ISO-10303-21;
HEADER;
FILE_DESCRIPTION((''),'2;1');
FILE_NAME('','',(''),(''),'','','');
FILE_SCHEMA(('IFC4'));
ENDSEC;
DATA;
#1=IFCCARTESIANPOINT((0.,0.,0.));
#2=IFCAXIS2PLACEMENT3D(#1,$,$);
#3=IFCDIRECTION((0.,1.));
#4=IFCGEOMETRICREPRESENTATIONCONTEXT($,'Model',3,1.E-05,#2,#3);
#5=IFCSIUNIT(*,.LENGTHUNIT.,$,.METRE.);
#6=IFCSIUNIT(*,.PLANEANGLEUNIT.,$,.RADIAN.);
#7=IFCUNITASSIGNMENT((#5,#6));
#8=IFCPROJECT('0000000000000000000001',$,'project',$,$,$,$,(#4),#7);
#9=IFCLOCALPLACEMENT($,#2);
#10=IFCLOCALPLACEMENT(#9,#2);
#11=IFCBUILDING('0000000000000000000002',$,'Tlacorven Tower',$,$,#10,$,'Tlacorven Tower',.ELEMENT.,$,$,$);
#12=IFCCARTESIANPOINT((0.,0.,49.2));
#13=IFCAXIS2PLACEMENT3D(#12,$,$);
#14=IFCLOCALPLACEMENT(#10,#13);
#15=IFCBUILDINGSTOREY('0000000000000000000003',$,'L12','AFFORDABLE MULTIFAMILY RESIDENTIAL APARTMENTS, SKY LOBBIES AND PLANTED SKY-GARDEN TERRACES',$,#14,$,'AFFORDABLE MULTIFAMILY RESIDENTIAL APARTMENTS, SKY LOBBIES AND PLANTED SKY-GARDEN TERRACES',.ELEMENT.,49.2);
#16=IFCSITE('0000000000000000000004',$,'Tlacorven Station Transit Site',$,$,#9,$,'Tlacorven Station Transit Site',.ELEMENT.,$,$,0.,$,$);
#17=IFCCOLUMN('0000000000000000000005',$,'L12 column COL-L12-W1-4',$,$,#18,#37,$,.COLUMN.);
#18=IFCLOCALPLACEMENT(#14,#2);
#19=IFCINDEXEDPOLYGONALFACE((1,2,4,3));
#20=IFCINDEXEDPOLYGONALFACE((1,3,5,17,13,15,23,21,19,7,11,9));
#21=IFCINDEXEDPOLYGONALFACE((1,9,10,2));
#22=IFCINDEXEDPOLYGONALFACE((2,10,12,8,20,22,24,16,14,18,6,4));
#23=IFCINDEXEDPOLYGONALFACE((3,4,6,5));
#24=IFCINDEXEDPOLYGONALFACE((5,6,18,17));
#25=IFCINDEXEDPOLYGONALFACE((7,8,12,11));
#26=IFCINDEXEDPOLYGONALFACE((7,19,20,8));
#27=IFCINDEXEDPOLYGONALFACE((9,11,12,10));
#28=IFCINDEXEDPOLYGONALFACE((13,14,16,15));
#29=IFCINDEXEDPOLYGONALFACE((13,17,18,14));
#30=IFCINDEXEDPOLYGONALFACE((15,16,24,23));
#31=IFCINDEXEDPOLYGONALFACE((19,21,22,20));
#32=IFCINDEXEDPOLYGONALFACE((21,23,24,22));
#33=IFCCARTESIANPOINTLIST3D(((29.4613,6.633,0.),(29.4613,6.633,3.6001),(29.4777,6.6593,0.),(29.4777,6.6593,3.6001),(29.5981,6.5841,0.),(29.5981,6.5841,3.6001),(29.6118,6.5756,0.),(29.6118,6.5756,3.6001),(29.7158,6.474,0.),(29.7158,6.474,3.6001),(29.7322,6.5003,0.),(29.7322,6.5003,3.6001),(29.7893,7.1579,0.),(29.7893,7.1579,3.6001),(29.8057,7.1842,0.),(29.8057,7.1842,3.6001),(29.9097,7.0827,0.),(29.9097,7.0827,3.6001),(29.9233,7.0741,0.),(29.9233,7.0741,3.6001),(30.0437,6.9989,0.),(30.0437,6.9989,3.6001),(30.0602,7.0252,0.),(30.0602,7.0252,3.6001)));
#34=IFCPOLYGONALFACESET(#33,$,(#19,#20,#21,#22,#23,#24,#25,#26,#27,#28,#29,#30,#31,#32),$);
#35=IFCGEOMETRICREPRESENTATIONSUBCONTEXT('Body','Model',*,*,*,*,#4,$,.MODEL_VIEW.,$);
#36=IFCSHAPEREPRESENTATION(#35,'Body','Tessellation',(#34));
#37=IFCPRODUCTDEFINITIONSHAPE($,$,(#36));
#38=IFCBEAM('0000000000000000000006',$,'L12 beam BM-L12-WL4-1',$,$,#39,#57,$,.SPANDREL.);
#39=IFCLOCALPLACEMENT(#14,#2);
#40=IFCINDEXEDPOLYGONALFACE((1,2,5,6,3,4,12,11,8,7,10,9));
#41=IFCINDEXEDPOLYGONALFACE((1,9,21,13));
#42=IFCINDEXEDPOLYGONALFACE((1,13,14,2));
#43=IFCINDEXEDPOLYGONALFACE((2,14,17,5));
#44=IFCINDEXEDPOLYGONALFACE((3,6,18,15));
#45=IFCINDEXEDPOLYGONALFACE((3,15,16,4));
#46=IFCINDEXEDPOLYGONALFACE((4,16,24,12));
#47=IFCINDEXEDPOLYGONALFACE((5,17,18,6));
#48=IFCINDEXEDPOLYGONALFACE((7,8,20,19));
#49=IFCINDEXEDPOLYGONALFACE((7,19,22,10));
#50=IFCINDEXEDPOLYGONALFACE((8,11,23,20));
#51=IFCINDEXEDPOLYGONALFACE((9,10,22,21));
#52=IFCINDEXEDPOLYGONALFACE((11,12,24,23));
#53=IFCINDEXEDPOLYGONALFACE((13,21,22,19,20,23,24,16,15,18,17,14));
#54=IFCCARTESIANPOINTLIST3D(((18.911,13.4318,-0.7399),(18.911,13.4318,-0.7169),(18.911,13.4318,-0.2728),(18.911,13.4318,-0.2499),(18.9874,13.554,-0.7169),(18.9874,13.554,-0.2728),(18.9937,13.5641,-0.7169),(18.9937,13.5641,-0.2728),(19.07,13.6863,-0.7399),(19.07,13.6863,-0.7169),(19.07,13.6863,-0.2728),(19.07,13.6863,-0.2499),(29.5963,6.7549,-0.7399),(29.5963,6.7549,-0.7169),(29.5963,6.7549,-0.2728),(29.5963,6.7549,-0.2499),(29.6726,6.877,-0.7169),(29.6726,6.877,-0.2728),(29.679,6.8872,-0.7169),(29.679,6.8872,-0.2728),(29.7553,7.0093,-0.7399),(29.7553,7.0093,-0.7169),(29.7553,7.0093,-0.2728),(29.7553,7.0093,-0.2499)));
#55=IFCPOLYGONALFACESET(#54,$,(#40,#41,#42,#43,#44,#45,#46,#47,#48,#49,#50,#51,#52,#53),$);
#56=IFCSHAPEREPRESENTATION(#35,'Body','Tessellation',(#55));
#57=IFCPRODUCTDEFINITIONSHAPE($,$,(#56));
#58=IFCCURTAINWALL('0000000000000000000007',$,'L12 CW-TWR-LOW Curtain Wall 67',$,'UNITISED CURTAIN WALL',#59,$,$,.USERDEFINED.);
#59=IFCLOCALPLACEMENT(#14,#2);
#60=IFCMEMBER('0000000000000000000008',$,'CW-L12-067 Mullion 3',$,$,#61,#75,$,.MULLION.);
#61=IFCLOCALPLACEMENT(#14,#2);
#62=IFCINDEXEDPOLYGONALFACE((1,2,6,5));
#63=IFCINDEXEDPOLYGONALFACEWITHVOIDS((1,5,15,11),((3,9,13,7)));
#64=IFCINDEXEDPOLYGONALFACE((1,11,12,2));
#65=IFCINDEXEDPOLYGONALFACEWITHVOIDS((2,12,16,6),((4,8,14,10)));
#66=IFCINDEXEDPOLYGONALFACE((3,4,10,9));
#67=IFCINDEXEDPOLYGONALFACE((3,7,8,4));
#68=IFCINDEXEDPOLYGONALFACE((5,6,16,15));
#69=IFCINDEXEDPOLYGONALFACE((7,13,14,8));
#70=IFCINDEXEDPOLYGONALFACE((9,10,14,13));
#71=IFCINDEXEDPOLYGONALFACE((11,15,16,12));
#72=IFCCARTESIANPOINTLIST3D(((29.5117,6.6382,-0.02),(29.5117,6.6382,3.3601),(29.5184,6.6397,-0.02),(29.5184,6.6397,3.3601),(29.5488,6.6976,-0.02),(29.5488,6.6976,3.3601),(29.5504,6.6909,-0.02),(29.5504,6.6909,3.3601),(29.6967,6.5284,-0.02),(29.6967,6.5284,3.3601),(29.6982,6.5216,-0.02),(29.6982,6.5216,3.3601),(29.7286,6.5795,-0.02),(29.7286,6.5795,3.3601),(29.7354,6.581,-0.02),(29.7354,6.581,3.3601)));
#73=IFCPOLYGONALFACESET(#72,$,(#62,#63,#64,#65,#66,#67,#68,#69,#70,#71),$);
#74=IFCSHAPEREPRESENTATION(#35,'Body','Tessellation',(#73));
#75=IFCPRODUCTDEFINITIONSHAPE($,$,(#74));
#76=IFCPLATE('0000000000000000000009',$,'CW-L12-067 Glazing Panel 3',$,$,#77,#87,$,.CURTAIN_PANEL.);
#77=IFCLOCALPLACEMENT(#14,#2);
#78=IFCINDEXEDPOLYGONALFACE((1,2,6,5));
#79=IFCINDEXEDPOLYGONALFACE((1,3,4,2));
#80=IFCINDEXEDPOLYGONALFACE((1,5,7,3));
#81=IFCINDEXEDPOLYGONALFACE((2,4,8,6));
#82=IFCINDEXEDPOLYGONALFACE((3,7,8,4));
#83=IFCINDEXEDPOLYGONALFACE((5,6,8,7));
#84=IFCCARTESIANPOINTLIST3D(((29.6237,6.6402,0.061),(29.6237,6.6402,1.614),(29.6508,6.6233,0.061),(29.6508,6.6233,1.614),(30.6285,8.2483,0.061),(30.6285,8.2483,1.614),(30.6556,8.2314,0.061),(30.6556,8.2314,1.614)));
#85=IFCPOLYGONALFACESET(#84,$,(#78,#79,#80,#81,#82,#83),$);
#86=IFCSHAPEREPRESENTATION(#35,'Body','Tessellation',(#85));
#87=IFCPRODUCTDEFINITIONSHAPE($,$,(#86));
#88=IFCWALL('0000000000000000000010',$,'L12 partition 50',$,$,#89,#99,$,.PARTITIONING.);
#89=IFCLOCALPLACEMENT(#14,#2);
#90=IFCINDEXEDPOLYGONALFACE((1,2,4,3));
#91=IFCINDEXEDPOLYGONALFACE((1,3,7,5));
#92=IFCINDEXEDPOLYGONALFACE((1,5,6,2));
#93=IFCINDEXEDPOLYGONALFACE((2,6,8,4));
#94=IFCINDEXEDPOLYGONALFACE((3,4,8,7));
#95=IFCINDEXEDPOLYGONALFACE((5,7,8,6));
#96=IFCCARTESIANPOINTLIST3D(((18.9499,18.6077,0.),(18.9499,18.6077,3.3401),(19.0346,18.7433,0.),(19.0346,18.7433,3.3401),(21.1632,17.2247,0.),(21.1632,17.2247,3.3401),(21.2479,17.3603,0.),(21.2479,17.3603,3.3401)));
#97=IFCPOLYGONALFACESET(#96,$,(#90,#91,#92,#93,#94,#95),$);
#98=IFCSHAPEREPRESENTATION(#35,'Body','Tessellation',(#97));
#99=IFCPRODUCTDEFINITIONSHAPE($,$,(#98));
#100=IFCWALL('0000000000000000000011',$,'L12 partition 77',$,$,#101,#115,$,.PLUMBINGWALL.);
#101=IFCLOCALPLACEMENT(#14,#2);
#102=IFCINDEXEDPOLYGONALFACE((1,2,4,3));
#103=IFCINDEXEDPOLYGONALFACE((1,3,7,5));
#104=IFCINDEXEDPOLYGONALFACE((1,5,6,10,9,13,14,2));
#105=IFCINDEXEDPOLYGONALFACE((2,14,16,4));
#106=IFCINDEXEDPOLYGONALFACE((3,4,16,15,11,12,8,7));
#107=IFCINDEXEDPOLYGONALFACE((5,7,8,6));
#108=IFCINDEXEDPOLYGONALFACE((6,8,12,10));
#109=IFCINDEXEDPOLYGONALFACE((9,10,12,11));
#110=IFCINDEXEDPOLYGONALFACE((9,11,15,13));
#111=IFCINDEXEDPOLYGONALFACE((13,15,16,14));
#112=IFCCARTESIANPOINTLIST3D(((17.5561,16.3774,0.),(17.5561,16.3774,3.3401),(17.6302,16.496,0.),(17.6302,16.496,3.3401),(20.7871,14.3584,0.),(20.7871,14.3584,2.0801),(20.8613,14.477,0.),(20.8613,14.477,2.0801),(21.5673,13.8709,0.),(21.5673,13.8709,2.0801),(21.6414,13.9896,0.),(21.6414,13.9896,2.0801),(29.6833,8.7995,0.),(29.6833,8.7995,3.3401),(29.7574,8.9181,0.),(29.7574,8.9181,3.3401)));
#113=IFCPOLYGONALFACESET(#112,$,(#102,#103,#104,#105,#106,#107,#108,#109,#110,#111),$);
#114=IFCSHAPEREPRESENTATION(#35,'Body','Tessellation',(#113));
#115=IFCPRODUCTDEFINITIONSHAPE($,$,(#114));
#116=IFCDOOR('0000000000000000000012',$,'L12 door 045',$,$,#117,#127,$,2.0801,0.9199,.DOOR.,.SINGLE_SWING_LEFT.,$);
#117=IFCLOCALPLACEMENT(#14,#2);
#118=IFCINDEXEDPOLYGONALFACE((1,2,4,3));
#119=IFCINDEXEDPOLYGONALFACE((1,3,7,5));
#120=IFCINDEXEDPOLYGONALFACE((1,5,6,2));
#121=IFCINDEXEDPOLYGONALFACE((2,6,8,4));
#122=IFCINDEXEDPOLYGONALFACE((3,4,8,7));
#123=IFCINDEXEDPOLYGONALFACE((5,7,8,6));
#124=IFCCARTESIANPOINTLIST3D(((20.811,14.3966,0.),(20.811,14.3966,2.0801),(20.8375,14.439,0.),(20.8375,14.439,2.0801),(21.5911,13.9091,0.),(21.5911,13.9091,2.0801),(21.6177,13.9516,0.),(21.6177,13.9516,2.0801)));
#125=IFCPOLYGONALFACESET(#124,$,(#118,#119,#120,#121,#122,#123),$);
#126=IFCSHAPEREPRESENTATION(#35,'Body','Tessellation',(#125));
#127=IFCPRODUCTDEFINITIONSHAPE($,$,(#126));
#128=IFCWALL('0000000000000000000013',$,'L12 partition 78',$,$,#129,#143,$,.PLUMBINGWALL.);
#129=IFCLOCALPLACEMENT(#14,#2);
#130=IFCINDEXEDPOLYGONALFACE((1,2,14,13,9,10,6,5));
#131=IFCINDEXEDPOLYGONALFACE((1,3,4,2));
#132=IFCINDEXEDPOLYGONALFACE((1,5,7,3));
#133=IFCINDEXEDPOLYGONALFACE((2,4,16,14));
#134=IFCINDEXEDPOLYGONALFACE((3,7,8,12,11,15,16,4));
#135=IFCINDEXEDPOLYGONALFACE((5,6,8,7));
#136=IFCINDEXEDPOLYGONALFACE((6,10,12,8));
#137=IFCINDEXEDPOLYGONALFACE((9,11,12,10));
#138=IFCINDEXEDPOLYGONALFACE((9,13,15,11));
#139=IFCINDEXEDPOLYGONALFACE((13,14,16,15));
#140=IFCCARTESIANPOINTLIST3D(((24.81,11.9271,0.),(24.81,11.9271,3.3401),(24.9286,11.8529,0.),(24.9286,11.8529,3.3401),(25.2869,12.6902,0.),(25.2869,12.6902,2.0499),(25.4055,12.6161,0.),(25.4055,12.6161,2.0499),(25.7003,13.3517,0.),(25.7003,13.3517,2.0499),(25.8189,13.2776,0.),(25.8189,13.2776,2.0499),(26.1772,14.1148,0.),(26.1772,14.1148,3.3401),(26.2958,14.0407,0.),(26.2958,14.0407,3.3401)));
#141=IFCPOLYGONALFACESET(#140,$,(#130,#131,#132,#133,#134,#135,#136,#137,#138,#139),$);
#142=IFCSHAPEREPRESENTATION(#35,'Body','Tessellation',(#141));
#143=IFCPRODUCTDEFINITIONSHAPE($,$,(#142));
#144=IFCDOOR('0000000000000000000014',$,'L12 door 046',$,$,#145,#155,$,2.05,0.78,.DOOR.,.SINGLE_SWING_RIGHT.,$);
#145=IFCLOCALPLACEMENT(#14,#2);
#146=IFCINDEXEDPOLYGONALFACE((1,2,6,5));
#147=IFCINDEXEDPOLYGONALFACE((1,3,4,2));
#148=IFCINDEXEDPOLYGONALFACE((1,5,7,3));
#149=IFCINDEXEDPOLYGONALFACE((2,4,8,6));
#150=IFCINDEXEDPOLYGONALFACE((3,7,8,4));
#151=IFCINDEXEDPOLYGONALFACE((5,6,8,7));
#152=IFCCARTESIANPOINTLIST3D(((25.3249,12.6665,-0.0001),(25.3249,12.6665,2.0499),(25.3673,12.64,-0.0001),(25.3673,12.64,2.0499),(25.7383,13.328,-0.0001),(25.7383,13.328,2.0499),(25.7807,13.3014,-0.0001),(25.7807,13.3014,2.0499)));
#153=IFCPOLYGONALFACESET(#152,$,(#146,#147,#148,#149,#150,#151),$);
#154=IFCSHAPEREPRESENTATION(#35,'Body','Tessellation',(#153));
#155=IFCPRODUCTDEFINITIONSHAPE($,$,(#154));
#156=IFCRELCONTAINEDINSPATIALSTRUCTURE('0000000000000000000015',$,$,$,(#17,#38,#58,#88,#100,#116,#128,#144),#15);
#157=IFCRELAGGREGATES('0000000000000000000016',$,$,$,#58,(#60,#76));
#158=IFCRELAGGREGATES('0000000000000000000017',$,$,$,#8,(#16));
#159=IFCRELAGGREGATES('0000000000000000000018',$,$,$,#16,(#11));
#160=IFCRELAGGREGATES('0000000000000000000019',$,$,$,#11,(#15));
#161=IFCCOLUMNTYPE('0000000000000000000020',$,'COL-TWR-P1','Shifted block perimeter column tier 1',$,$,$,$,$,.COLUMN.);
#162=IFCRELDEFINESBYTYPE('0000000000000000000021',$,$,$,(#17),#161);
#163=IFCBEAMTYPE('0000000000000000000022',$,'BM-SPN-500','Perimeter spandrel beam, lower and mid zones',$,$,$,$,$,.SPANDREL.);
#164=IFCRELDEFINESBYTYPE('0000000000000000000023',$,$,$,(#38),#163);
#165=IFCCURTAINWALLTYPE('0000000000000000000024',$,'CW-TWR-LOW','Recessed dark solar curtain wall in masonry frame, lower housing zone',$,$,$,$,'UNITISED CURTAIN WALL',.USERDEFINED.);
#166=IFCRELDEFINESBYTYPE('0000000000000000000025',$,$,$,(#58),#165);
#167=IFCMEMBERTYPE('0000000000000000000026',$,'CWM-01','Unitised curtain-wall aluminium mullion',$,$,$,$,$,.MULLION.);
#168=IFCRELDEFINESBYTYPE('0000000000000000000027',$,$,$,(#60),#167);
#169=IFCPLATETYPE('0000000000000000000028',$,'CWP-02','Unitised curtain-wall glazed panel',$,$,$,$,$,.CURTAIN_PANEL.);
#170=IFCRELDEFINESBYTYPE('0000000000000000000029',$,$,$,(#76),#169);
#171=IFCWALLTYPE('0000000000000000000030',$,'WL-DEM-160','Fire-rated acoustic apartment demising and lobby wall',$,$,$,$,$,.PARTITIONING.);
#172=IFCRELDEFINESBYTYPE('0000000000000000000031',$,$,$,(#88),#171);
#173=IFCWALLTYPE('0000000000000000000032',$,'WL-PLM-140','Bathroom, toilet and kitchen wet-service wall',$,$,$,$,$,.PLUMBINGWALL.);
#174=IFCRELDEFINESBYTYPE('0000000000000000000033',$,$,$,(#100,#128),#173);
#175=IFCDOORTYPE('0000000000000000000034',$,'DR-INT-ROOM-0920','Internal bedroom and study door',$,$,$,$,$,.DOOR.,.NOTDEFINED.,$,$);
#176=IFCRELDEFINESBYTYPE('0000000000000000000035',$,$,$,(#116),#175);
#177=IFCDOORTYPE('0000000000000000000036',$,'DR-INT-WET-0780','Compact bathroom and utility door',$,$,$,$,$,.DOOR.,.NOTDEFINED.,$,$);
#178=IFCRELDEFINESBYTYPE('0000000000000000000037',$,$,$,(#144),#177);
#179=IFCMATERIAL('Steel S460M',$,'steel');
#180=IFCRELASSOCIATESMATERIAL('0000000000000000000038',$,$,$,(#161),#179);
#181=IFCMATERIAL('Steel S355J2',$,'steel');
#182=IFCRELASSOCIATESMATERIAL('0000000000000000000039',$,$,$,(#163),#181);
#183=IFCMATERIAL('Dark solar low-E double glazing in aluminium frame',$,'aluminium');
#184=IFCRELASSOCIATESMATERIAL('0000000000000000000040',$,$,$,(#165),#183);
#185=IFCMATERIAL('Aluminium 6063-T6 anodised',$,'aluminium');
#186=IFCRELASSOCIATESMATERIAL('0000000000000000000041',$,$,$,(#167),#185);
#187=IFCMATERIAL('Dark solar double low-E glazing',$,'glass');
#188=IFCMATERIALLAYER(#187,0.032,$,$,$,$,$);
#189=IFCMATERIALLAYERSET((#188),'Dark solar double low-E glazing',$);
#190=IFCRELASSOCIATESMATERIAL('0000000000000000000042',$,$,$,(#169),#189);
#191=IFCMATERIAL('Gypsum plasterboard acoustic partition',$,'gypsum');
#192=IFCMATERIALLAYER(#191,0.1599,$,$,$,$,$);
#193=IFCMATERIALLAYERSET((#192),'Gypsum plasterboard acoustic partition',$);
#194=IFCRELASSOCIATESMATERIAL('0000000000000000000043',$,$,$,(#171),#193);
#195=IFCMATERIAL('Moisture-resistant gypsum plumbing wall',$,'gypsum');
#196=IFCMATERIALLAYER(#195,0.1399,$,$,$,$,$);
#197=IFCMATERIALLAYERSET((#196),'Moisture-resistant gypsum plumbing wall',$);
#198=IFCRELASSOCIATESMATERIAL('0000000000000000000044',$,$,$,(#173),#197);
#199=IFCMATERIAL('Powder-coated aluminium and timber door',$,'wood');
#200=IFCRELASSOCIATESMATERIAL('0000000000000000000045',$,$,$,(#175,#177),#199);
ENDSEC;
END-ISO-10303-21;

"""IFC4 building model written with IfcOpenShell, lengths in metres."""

from ifc_helpers import new_model, si_unit, direction, frame, frame_2d, origin, origin_2d, place, context, subcontext, project, spatial, rectangle, hollow_rectangle, i_section, extrude, source, transform, mapped, material, layer, layer_set, material_profile, profile_set, type_object, element, fill, aggregate, save


model = new_model("IFC4")

# Units and contexts
model_context = context("Model", 3, precision=1e-05, world=origin(), true_north=direction((0.0, 1.0)))
body_context = subcontext(model_context, "Body", "Model", "MODEL_VIEW")
ifc_project = project(units=[si_unit("LENGTHUNIT", "METRE"), si_unit("PLANEANGLEUNIT", "RADIAN")], contexts=[model_context])

# Site, building, storey
site_placement = place(None, origin())
site = spatial("IfcSite", under=ifc_project, at=site_placement, Name="Tlacorven Station Transit Site", LongName="Tlacorven Station Transit Site", CompositionType="ELEMENT", RefElevation=0.0)
building_placement = place(site_placement, origin())
building = spatial("IfcBuilding", under=site, at=building_placement, Name="Tlacorven Tower", LongName="Tlacorven Tower", CompositionType="ELEMENT")
storey_placement = place(building_placement, frame((0.0, 0.0, 49.2)))
storey = spatial("IfcBuildingStorey", under=building, at=storey_placement, Name="L12", Description="AFFORDABLE MULTIFAMILY RESIDENTIAL APARTMENTS, SKY LOBBIES AND PLANTED SKY-GARDEN TERRACES", LongName="AFFORDABLE MULTIFAMILY RESIDENTIAL APARTMENTS, SKY LOBBIES AND PLANTED SKY-GARDEN TERRACES", CompositionType="ELEMENT", Elevation=49.2)

# Column
ifc_material_1 = material(Name="Steel S460M", Category="steel")
ifc_material_profile_1 = material_profile(ifc_material_1, i_section(OverallWidth=0.3, OverallDepth=0.6499, WebThickness=0.0161, FlangeThickness=0.031, at=origin_2d()), Name="HEB 650")
ifc_profile_set_1 = profile_set([ifc_material_profile_1], Name="Steel S460M")
column_type = type_object("IfcColumnType", Name="COL-TWR-P1", Description="Shifted block perimeter column tier 1", PredefinedType="COLUMN", material=ifc_profile_set_1)
shared_shape_1 = source(origin(), body_context, "Body", "SweptSolid", [
    extrude(i_section(OverallWidth=0.3, OverallDepth=0.6499, WebThickness=0.0161, FlangeThickness=0.031, at=origin_2d()), origin(), (0.0, 0.0, 1.0), 3.6001),
])
column_placement = place(storey_placement, frame((29.7607, 6.8291, 0.0), z_axis=(0.0, 0.0, 1.0), x_axis=(-0.848048, 0.529919, 0.0)))
element("IfcColumn", 1, at=column_placement, inside=storey, type_object=column_type, Name="L12 column COL-L12-W1-4", PredefinedType="COLUMN", context=body_context, shape_type="MappedRepresentation", body=[
    mapped(shared_shape_1, transform((0.0, 0.0, 0.0), scale=1.0)),
])

# Beam
ifc_material_2 = material(Name="Steel S355J2", Category="steel")
ifc_material_profile_2 = material_profile(ifc_material_2, i_section(OverallWidth=0.3, OverallDepth=0.49, WebThickness=0.012, FlangeThickness=0.0229, at=origin_2d()), Name="HEA 500")
ifc_profile_set_2 = profile_set([ifc_material_profile_2], Name="Steel S355J2")
beam_type = type_object("IfcBeamType", Name="BM-SPN-500", Description="Perimeter spandrel beam, lower and mid zones", PredefinedType="SPANDREL", material=ifc_profile_set_2)
shared_shape_2 = source(origin(), body_context, "Body", "SweptSolid", [
    extrude(i_section(OverallWidth=0.3, OverallDepth=0.49, WebThickness=0.012, FlangeThickness=0.0229, at=origin_2d()), origin(), (0.0, 0.0, 1.0), 12.5999),
])
beam_placement = place(storey_placement, frame((29.6758, 6.8821, -0.4949), z_axis=(-0.848045, 0.529924, 0.0), x_axis=(-0.529924, -0.848045, 0.0)))
element("IfcBeam", 2, at=beam_placement, inside=storey, type_object=beam_type, Name="L12 beam BM-L12-WL4-1", PredefinedType="SPANDREL", context=body_context, shape_type="MappedRepresentation", body=[
    mapped(shared_shape_2, transform((0.0, 0.0, 0.0), scale=1.0)),
])

# Curtain wall, member, plate
ifc_material_3 = material(Name="Dark solar low-E double glazing in aluminium frame", Category="aluminium")
curtain_wall_type = type_object("IfcCurtainWallType", Name="CW-TWR-LOW", Description="Recessed dark solar curtain wall in masonry frame, lower housing zone", ElementType="UNITISED CURTAIN WALL", PredefinedType="USERDEFINED", material=ifc_material_3)
curtain_wall_placement = place(storey_placement, origin())
curtain_wall = element("IfcCurtainWall", 3, at=curtain_wall_placement, inside=storey, type_object=curtain_wall_type, Name="L12 CW-TWR-LOW Curtain Wall 67", ObjectType="UNITISED CURTAIN WALL", PredefinedType="USERDEFINED")
ifc_material_4 = material(Name="Aluminium 6063-T6 anodised", Category="aluminium")
ifc_material_profile_3 = material_profile(ifc_material_4, hollow_rectangle(XDim=0.0701, YDim=0.22, WallThickness=0.0049, at=origin_2d()), Name="ALU MULLION 70X220")
ifc_profile_set_3 = profile_set([ifc_material_profile_3], Name="Aluminium 6063-T6 anodised")
member_type = type_object("IfcMemberType", Name="CWM-01", Description="Unitised curtain-wall aluminium mullion", PredefinedType="MULLION", material=ifc_profile_set_3)
shared_shape_3 = source(origin(), body_context, "Body", "SweptSolid", [
    extrude(hollow_rectangle(XDim=0.0701, YDim=0.22, WallThickness=0.0049, at=origin_2d()), origin(), (0.0, 0.0, 1.0), 3.3801),
])
member_placement = place(storey_placement, frame((29.6235, 6.6096, -0.02), z_axis=(0.0, 0.0, 1.0), x_axis=(-0.529919, -0.848048, 0.0)))
member = element("IfcMember", 4, at=member_placement, type_object=member_type, Name="CW-L12-067 Mullion 3", PredefinedType="MULLION", context=body_context, shape_type="MappedRepresentation", body=[
    mapped(shared_shape_3, transform((0.0, 0.0, 0.0), scale=1.0)),
])
ifc_material_5 = material(Name="Dark solar double low-E glazing", Category="glass")
ifc_layer_1 = layer(ifc_material_5, 0.032)
ifc_layer_set_1 = layer_set([ifc_layer_1], Name="Dark solar double low-E glazing")
plate_type = type_object("IfcPlateType", Name="CWP-02", Description="Unitised curtain-wall glazed panel", PredefinedType="CURTAIN_PANEL", material=ifc_layer_set_1)
shared_shape_4 = source(origin(), body_context, "Body", "SweptSolid", [
    extrude(rectangle(XDim=1.8962, YDim=0.032, at=origin_2d()), origin(), (0.0, 0.0, 1.0), 1.553),
])
plate_placement = place(storey_placement, frame((30.1396, 7.4358, 0.061), z_axis=(0.0, 0.0, 1.0), x_axis=(-0.529919, -0.848048, 0.0)))
plate = element("IfcPlate", 5, at=plate_placement, type_object=plate_type, Name="CW-L12-067 Glazing Panel 3", PredefinedType="CURTAIN_PANEL", context=body_context, shape_type="MappedRepresentation", body=[
    mapped(shared_shape_4, transform((0.0, 0.0, 0.0), scale=1.0)),
])
aggregate(curtain_wall, [member, plate])

# Wall
ifc_material_6 = material(Name="Gypsum plasterboard acoustic partition", Category="gypsum")
ifc_layer_2 = layer(ifc_material_6, 0.1599)
ifc_layer_set_2 = layer_set([ifc_layer_2], Name="Gypsum plasterboard acoustic partition")
wall_type_1 = type_object("IfcWallType", Name="WL-DEM-160", Description="Fire-rated acoustic apartment demising and lobby wall", PredefinedType="PARTITIONING", material=ifc_layer_set_2)
wall_1_placement = place(storey_placement, frame((21.2056, 17.2925, 0.0), z_axis=(0.0, 0.0, 1.0), x_axis=(-0.848051, 0.529915, 0.0)))
element("IfcWall", 6, at=wall_1_placement, inside=storey, type_object=wall_type_1, Name="L12 partition 50", PredefinedType="PARTITIONING", context=body_context, shape_type="SweptSolid", body=[
    extrude(rectangle(XDim=2.6099, YDim=0.1599, at=frame_2d((1.3049, 0.0))), origin(), (0.0, 0.0, 1.0), 3.3401),
])

# Shared definitions
ifc_material_7 = material(Name="Powder-coated aluminium and timber door", Category="wood")

# Walls, openings, doors
ifc_material_8 = material(Name="Moisture-resistant gypsum plumbing wall", Category="gypsum")
ifc_layer_3 = layer(ifc_material_8, 0.1399)
ifc_layer_set_3 = layer_set([ifc_layer_3], Name="Moisture-resistant gypsum plumbing wall")
wall_type_2 = type_object("IfcWallType", Name="WL-PLM-140", Description="Bathroom, toilet and kitchen wet-service wall", PredefinedType="PLUMBINGWALL", material=ifc_layer_set_3)
wall_2_placement = place(storey_placement, frame((29.7202, 8.8589, 0.0), z_axis=(0.0, 0.0, 1.0), x_axis=(-0.848049, 0.529918, 0.0)))
wall_2 = element("IfcWall", 7, at=wall_2_placement, inside=storey, type_object=wall_type_2, Name="L12 partition 77", PredefinedType="PLUMBINGWALL", context=body_context, shape_type="SweptSolid", body=[
    extrude(rectangle(XDim=14.3, YDim=0.1399, at=frame_2d((7.1499, 0.0))), origin(), (0.0, 0.0, 1.0), 3.3401),
])
opening_1_placement = place(wall_2_placement, frame((9.5701, 0.0, 0.0)))
opening_1 = element("IfcOpeningElement", 8, at=opening_1_placement, cuts=wall_2, PredefinedType="OPENING", context=body_context, shape_type="SweptSolid", body=[
    extrude(rectangle(XDim=0.9199, YDim=2.0801, at=frame_2d((0.46, 1.04))), frame((0.0, 0.0801, 0.0), z_axis=(0.0, -1.0, 0.0), x_axis=(1.0, 0.0, 0.0)), (0.0, 0.0, 1.0), 0.1599),
])
door_type_1 = type_object("IfcDoorType", Name="DR-INT-ROOM-0920", Description="Internal bedroom and study door", OperationType="NOTDEFINED", PredefinedType="DOOR", material=ifc_material_7)
shared_shape_5 = source(origin(), body_context, "Body", "SweptSolid", [
    extrude(rectangle(XDim=0.9199, YDim=2.0801, at=frame_2d((0.46, 1.04))), frame((0.0, 0.0249, 0.0), z_axis=(0.0, -1.0, 0.0), x_axis=(1.0, 0.0, 0.0)), (0.0, 0.0, 1.0), 0.05),
])
door_1_placement = place(opening_1_placement, origin())
door_1 = element("IfcDoor", 9, at=door_1_placement, inside=storey, type_object=door_type_1, Name="L12 door 045", OperationType="SINGLE_SWING_LEFT", OverallHeight=2.0801, OverallWidth=0.9199, PredefinedType="DOOR", context=body_context, shape_type="MappedRepresentation", body=[
    mapped(shared_shape_5, transform((0.0, 0.0, 0.0), scale=1.0)),
])
fill(opening_1, door_1)
wall_3_placement = place(storey_placement, frame((26.2366, 14.0779, 0.0), z_axis=(0.0, 0.0, 1.0), x_axis=(-0.529956, -0.848025, 0.0)))
wall_3 = element("IfcWall", 10, at=wall_3_placement, inside=storey, type_object=wall_type_2, Name="L12 partition 78", PredefinedType="PLUMBINGWALL", context=body_context, shape_type="SweptSolid", body=[
    extrude(rectangle(XDim=2.5798, YDim=0.1399, at=frame_2d((1.29, 0.0))), origin(), (0.0, 0.0, 1.0), 3.3401),
])
opening_2_placement = place(wall_3_placement, frame((0.8999, 0.0, 0.0)))
opening_2 = element("IfcOpeningElement", 11, at=opening_2_placement, cuts=wall_3, PredefinedType="OPENING", context=body_context, shape_type="SweptSolid", body=[
    extrude(rectangle(XDim=0.78, YDim=2.05, at=frame_2d((0.3901, 1.0249))), frame((0.0, 0.0801, 0.0), z_axis=(0.0, -1.0, 0.0), x_axis=(1.0, 0.0, 0.0)), (0.0, 0.0, 1.0), 0.1599),
])
door_type_2 = type_object("IfcDoorType", Name="DR-INT-WET-0780", Description="Compact bathroom and utility door", OperationType="NOTDEFINED", PredefinedType="DOOR", material=ifc_material_7)
shared_shape_6 = source(origin(), body_context, "Body", "SweptSolid", [
    extrude(rectangle(XDim=0.78, YDim=2.05, at=frame_2d((0.3901, 1.0249))), frame((0.0, 0.0249, 0.0), z_axis=(0.0, -1.0, 0.0), x_axis=(1.0, 0.0, 0.0)), (0.0, 0.0, 1.0), 0.05),
])
door_2_placement = place(opening_2_placement, origin())
door_2 = element("IfcDoor", 12, at=door_2_placement, inside=storey, type_object=door_type_2, Name="L12 door 046", OperationType="SINGLE_SWING_RIGHT", OverallHeight=2.05, OverallWidth=0.78, PredefinedType="DOOR", context=body_context, shape_type="MappedRepresentation", body=[
    mapped(shared_shape_6, transform((0.0, 0.0, 0.0), scale=1.0)),
])
fill(opening_2, door_2)

save(model, "model.ifc")
